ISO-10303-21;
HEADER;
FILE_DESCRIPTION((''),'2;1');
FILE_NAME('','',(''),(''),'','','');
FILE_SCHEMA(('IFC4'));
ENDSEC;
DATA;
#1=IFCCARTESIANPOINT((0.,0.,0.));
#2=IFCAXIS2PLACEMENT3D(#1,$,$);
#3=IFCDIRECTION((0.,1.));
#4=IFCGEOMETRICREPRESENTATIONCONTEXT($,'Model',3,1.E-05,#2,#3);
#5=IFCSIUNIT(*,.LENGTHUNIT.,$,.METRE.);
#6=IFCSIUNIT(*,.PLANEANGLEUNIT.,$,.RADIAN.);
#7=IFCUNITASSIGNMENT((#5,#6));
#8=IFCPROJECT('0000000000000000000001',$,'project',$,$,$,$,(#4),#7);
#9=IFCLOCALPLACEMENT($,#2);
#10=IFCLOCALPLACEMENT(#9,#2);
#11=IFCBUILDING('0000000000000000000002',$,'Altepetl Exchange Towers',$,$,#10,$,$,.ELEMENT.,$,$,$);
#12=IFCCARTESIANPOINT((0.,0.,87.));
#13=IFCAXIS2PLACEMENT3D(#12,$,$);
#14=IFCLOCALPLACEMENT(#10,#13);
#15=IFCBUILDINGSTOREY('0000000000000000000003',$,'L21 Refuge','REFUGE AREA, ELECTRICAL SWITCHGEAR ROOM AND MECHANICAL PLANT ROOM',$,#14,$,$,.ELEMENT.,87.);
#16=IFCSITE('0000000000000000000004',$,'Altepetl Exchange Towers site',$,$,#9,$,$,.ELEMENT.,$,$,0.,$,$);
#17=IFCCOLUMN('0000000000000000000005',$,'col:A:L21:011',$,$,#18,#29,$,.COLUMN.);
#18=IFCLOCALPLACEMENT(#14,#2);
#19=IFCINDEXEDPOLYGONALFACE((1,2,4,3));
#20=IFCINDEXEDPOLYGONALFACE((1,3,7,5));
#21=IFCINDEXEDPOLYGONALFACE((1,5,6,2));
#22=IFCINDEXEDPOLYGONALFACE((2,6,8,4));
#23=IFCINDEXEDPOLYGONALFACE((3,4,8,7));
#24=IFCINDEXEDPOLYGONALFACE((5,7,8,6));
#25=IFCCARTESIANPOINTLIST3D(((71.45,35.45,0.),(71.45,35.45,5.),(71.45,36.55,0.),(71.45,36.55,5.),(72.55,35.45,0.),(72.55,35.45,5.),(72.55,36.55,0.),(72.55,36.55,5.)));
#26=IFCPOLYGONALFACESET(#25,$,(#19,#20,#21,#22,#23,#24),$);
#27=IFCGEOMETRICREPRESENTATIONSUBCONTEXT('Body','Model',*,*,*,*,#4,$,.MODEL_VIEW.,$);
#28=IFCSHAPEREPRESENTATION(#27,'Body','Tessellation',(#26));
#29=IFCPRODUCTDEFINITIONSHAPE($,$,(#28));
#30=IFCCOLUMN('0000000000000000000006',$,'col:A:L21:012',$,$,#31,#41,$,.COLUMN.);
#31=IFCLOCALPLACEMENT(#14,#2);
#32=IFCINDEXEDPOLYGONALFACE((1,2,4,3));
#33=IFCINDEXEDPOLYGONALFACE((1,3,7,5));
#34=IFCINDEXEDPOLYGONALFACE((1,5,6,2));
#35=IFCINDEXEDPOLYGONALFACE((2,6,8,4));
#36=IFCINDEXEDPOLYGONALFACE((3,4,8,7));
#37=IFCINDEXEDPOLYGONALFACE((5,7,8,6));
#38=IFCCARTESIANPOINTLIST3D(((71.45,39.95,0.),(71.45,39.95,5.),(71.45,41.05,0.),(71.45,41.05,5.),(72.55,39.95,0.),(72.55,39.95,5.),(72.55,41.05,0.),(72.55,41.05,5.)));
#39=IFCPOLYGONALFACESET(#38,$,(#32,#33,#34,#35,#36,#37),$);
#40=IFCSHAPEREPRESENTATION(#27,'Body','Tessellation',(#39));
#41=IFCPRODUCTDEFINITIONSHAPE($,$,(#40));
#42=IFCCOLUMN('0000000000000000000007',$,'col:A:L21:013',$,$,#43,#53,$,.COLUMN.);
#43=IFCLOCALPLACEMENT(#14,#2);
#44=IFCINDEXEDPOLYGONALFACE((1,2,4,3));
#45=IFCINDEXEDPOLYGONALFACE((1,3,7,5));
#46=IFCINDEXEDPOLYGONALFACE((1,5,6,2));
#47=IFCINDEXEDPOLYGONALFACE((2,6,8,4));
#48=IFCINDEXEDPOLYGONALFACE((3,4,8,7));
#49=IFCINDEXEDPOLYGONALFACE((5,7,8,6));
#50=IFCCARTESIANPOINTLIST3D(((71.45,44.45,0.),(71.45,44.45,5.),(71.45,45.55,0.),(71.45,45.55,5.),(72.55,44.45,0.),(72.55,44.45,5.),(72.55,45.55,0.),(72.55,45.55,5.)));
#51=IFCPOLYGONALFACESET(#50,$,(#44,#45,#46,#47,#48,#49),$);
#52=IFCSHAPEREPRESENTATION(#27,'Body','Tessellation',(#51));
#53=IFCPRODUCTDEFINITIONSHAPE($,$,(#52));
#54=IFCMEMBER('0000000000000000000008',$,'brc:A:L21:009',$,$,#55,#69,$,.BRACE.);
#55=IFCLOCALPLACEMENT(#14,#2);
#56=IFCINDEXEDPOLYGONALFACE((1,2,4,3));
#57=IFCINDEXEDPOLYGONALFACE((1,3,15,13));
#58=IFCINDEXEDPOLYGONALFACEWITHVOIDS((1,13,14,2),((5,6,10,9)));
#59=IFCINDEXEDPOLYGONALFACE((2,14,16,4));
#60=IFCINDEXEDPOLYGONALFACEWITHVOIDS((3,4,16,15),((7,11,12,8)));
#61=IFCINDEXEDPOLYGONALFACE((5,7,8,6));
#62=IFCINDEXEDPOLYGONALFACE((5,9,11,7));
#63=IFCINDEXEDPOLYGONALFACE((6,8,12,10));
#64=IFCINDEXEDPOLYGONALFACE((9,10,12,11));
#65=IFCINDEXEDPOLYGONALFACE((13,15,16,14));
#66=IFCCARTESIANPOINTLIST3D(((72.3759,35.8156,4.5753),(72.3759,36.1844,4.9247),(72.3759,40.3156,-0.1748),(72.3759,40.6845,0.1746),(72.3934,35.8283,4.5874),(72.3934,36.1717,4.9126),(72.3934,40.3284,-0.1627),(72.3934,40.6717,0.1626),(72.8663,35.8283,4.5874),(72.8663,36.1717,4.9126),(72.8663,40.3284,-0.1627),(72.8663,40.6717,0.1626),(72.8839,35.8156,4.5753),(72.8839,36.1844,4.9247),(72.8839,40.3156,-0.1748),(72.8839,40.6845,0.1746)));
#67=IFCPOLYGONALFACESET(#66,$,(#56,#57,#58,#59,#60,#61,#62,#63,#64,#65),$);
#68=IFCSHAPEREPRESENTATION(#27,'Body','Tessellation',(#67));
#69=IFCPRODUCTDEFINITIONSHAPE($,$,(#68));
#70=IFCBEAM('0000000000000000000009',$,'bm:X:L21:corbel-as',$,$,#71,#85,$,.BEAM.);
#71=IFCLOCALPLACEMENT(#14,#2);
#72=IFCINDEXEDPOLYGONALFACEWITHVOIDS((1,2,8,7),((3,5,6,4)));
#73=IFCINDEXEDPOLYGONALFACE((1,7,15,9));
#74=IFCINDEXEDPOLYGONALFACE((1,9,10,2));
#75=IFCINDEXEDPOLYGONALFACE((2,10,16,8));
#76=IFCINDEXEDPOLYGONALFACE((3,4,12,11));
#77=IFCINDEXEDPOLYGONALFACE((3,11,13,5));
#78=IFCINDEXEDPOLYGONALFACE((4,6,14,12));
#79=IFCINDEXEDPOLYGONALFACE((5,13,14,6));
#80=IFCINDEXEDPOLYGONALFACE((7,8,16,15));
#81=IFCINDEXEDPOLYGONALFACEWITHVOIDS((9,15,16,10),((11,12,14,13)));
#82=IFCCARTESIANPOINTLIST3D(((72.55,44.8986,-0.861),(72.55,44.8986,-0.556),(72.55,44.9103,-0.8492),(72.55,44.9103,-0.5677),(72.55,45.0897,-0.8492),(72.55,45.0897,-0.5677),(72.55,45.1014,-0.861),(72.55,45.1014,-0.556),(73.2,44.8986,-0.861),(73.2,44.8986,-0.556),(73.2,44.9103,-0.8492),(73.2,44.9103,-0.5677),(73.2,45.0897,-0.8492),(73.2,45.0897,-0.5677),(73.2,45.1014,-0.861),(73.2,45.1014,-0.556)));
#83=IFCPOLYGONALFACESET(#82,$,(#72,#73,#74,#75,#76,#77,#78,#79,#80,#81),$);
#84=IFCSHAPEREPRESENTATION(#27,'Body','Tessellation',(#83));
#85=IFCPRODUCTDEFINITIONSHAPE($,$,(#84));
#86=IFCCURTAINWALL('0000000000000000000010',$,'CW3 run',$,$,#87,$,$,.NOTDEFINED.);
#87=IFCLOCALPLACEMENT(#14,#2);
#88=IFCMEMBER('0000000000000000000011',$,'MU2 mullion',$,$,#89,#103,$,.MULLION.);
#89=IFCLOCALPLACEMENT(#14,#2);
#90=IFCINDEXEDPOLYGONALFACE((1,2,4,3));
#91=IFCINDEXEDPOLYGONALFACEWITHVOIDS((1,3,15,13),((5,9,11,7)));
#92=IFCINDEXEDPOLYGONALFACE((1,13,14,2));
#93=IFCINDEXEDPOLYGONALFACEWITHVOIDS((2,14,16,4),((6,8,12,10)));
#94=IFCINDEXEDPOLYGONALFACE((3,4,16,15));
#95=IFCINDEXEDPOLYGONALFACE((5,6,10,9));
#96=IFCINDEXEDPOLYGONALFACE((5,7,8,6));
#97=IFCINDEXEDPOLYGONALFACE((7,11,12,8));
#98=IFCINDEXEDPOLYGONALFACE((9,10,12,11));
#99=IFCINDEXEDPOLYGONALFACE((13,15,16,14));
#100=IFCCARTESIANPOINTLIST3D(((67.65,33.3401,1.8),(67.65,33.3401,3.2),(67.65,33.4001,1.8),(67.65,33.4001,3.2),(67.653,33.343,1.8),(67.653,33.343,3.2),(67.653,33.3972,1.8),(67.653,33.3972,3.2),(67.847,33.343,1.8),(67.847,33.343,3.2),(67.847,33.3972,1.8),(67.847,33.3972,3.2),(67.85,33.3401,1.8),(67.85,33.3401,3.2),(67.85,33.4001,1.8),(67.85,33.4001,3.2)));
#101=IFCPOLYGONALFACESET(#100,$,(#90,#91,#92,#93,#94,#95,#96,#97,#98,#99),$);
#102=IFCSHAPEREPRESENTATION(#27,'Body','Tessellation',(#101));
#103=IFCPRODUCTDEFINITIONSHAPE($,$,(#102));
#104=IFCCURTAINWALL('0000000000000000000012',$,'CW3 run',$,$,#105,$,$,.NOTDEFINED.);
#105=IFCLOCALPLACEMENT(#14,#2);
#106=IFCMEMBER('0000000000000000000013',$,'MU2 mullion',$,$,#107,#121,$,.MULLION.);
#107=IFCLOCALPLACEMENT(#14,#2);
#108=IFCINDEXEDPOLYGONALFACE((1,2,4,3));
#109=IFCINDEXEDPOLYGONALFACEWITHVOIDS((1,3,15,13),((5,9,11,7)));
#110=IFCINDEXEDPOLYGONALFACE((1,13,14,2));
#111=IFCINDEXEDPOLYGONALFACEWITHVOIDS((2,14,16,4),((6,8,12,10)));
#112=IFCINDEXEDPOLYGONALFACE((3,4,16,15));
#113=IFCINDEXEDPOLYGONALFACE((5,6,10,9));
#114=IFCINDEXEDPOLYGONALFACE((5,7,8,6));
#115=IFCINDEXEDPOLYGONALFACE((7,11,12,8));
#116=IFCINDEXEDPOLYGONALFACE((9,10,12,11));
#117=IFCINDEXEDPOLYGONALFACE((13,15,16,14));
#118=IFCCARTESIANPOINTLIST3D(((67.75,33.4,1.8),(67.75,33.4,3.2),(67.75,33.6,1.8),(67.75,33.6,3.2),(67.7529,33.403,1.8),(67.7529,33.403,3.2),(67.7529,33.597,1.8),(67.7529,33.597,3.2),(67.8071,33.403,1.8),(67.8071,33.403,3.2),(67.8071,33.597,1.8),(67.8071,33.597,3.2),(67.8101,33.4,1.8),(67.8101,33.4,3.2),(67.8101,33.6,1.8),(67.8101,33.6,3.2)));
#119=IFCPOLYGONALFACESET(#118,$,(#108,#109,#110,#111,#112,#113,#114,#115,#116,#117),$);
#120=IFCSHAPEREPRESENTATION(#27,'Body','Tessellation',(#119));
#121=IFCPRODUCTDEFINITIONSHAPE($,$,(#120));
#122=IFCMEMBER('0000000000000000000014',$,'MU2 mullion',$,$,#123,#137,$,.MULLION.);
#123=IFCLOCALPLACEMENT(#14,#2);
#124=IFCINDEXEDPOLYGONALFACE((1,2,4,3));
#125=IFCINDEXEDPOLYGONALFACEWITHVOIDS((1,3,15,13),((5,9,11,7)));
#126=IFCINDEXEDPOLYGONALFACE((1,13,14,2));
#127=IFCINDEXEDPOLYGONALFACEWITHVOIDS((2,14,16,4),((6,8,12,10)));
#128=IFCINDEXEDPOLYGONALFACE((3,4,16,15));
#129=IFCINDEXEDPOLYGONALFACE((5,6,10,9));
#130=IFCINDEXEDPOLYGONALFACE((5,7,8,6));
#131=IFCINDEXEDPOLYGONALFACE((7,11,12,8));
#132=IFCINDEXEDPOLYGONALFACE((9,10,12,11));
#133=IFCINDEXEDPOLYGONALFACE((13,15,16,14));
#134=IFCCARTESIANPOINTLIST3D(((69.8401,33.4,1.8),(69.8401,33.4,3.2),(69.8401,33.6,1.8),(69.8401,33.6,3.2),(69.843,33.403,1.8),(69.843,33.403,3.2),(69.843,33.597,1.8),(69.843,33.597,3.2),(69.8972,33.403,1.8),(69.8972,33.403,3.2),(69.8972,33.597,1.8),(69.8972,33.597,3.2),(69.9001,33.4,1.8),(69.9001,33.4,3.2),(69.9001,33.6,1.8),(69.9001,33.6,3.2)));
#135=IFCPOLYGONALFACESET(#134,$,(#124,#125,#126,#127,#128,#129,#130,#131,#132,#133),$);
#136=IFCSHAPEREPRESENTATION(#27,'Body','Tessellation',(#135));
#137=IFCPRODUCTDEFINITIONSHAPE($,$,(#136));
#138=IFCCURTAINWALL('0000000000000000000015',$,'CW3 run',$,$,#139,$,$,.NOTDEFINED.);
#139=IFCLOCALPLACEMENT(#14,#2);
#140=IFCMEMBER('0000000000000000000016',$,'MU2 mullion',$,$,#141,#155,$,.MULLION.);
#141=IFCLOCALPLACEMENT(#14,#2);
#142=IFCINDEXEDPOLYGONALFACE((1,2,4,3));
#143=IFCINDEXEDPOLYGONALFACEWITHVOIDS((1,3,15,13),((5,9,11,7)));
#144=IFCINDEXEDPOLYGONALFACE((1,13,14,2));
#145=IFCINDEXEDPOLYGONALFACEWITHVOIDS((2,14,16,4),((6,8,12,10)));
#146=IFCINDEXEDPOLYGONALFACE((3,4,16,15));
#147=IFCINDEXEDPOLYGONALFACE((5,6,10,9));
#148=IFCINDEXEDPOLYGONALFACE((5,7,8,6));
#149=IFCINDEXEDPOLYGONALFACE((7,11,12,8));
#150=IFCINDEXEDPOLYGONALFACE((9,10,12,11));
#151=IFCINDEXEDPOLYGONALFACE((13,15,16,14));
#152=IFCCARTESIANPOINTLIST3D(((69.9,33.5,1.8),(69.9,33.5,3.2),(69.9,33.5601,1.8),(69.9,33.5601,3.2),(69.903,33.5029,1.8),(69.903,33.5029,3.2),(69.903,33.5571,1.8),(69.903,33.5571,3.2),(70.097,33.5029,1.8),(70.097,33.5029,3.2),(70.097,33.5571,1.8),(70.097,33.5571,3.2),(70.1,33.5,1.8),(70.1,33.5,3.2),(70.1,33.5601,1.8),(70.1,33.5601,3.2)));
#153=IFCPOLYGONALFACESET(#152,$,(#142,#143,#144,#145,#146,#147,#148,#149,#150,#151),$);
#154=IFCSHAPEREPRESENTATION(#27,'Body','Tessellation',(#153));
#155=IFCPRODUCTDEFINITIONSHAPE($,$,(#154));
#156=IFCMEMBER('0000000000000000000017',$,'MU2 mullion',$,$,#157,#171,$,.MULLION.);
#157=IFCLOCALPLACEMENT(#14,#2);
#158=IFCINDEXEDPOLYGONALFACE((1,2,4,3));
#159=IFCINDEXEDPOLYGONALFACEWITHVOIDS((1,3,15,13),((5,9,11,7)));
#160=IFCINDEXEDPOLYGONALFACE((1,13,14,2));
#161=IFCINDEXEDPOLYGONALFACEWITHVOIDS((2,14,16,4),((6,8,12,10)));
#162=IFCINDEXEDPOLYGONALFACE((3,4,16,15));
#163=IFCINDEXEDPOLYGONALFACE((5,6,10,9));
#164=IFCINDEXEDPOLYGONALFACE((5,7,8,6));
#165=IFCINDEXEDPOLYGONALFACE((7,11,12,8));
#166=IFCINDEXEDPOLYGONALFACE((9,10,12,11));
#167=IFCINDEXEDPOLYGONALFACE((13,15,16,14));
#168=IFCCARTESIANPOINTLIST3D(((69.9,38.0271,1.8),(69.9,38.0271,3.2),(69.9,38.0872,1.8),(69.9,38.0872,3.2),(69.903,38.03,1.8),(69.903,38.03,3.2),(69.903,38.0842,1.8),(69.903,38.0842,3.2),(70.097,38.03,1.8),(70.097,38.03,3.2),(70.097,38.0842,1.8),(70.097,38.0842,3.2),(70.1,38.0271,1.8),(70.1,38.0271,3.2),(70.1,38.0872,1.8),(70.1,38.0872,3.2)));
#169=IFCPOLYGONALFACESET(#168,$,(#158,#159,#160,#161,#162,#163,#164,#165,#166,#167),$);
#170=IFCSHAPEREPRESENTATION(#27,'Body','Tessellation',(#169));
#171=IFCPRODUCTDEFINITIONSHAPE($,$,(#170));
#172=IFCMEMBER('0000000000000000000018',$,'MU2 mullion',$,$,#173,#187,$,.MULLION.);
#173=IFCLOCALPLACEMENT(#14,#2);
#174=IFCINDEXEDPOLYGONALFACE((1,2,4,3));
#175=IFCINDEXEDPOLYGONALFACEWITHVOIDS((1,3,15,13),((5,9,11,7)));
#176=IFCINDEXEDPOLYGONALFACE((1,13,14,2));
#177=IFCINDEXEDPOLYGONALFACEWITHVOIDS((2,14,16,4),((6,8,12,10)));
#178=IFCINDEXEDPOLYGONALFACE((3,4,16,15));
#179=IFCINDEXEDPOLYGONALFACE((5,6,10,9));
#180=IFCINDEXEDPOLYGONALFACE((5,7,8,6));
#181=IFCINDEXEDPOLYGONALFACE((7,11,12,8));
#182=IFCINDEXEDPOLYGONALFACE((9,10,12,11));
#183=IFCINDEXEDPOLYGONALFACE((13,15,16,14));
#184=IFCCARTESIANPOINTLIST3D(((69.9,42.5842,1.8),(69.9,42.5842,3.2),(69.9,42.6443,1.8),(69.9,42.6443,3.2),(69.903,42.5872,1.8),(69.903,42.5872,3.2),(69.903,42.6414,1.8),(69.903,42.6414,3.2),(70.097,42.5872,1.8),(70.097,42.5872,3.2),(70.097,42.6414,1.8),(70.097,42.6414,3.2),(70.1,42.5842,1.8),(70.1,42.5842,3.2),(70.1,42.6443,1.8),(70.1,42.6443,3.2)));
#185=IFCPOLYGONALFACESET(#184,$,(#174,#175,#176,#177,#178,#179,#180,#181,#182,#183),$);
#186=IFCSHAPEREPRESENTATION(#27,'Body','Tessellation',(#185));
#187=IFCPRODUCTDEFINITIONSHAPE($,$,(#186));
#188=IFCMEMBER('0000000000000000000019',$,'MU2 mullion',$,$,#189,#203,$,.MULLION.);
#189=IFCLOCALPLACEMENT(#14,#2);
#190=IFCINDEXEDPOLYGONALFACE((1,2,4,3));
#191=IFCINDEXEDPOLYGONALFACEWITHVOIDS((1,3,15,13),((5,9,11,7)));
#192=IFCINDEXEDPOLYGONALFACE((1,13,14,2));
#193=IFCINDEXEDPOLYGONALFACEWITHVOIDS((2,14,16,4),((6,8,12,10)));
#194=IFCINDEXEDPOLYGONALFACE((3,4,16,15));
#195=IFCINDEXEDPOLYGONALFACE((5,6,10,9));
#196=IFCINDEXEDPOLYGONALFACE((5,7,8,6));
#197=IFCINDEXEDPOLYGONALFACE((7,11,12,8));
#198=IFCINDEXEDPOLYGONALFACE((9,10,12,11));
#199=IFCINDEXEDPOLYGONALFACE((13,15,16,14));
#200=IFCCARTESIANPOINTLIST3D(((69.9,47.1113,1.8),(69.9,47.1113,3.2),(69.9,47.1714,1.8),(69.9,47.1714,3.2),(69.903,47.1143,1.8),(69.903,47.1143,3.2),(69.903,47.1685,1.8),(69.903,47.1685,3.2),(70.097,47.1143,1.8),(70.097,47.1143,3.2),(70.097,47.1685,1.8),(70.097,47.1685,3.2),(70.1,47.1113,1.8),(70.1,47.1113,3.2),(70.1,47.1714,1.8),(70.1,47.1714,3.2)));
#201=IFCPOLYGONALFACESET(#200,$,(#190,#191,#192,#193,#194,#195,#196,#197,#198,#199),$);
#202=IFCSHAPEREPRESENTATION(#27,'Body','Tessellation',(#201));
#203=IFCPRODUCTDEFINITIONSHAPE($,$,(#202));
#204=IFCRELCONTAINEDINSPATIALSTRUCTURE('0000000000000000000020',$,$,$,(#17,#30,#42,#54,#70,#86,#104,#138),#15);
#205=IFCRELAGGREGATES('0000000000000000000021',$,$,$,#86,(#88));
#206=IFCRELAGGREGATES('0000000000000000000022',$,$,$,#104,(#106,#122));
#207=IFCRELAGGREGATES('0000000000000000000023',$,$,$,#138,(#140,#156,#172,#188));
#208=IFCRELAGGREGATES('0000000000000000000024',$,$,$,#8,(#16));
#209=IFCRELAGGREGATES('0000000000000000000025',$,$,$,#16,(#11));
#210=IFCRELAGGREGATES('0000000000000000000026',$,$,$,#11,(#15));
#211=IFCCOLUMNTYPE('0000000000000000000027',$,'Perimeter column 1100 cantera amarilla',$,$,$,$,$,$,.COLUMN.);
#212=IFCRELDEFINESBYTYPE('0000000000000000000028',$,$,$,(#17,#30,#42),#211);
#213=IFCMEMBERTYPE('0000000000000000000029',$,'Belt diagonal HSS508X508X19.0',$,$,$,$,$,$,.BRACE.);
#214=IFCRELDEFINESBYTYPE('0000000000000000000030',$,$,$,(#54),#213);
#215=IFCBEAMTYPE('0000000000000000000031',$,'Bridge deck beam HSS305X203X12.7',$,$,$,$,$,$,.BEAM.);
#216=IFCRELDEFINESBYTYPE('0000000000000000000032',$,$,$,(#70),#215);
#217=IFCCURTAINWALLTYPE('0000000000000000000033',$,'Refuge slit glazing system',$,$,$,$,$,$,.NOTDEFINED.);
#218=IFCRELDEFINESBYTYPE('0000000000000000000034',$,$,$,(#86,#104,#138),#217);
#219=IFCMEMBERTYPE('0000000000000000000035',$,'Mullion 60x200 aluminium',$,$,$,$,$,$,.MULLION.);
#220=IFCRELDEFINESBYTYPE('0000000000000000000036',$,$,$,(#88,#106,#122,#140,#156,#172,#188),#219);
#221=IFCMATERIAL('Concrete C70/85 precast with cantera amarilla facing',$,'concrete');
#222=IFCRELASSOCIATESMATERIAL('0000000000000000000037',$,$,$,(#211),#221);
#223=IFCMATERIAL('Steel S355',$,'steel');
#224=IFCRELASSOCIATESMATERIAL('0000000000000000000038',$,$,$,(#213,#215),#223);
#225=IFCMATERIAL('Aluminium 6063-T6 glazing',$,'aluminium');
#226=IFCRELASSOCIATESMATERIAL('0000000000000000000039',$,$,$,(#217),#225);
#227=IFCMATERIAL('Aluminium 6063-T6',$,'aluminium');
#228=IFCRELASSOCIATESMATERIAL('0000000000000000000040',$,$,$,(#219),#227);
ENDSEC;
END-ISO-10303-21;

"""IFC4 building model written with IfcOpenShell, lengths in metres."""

from ifc_helpers import new_model, si_unit, direction, frame, origin, origin_2d, place, context, subcontext, project, spatial, rectangle, hollow_rectangle, extrude, material, material_profile, profile_set, type_object, element, aggregate, save


model = new_model("IFC4")

# Units and contexts
model_context = context("Model", 3, precision=1e-05, world=origin(), true_north=direction((0.0, 1.0)))
body_context = subcontext(model_context, "Body", "Model", "MODEL_VIEW")
ifc_project = project(units=[si_unit("LENGTHUNIT", "METRE"), si_unit("PLANEANGLEUNIT", "RADIAN")], contexts=[model_context])

# Site, building, storey
site_placement = place(None, origin())
site = spatial("IfcSite", under=ifc_project, at=site_placement, Name="Altepetl Exchange Towers site", CompositionType="ELEMENT", RefElevation=0.0)
building_placement = place(site_placement, origin())
building = spatial("IfcBuilding", under=site, at=building_placement, Name="Altepetl Exchange Towers", CompositionType="ELEMENT")
storey_placement = place(building_placement, frame((0.0, 0.0, 87.0)))
storey = spatial("IfcBuildingStorey", under=building, at=storey_placement, Name="L21 Refuge", Description="REFUGE AREA, ELECTRICAL SWITCHGEAR ROOM AND MECHANICAL PLANT ROOM", CompositionType="ELEMENT", Elevation=87.0)

# Columns
ifc_material_1 = material(Name="Concrete C70/85 precast with cantera amarilla facing", Category="concrete")
ifc_material_profile_1 = material_profile(ifc_material_1, rectangle(XDim=1.1001, YDim=1.1001, at=origin_2d()), Name="1100 x 1100")
ifc_profile_set_1 = profile_set([ifc_material_profile_1], Name="Concrete C70/85 precast with cantera amarilla facing")
column_type = type_object("IfcColumnType", Name="Perimeter column 1100 cantera amarilla", PredefinedType="COLUMN", material=ifc_profile_set_1)
for number, where, name in (
    (1, (72.0, 36.0, 0.0), "col:A:L21:011"),
    (2, (72.0, 40.5, 0.0), "col:A:L21:012"),
    (3, (72.0, 45.0, 0.0), "col:A:L21:013"),
):
    element("IfcColumn", number, at=place(storey_placement, frame(where)), inside=storey, type_object=column_type, Name=name, PredefinedType="COLUMN", context=body_context, shape_type="SweptSolid", body=[
        extrude(rectangle(XDim=1.1001, YDim=1.1001, at=origin_2d()), origin(), (0.0, 0.0, 1.0), 5.0),
    ])

# Member
ifc_material_2 = material(Name="Steel S355", Category="steel")
ifc_material_profile_2 = material_profile(ifc_material_2, hollow_rectangle(XDim=0.5081, YDim=0.5081, WallThickness=0.0176, at=origin_2d()), Name="HSS508X508X19.0")
ifc_profile_set_2 = profile_set([ifc_material_profile_2], Name="Steel S355")
member_type_1 = type_object("IfcMemberType", Name="Belt diagonal HSS508X508X19.0", PredefinedType="BRACE", material=ifc_profile_set_2)
member_1_placement = place(storey_placement, frame((72.6299, 36.0, 4.75), z_axis=(0.0, 0.687745, -0.725953), x_axis=(-1.0, 0.0, 0.0)))
element("IfcMember", 4, at=member_1_placement, inside=storey, type_object=member_type_1, Name="brc:A:L21:009", PredefinedType="BRACE", context=body_context, shape_type="SweptSolid", body=[
    extrude(hollow_rectangle(XDim=0.5081, YDim=0.5081, WallThickness=0.0176, at=origin_2d()), origin(), (0.0, 0.0, 1.0), 6.5432),
])

# Beam
ifc_material_profile_3 = material_profile(ifc_material_2, hollow_rectangle(XDim=0.2029, YDim=0.3049, WallThickness=0.0117, at=origin_2d()), Name="HSS305X203X12.7")
ifc_profile_set_3 = profile_set([ifc_material_profile_3], Name="Steel S355")
beam_type_1 = type_object("IfcBeamType", Name="Bridge deck beam HSS305X203X12.7", PredefinedType="BEAM", material=ifc_profile_set_3)
beam_placement = place(storey_placement, frame((72.55, 45.0, -0.7085), z_axis=(1.0, 0.0, 0.0), x_axis=(0.0, 1.0, 0.0)))
element("IfcBeam", 5, at=beam_placement, inside=storey, type_object=beam_type_1, Name="bm:X:L21:corbel-as", PredefinedType="BEAM", context=body_context, shape_type="SweptSolid", body=[
    extrude(hollow_rectangle(XDim=0.2029, YDim=0.3049, WallThickness=0.0117, at=origin_2d()), origin(), (0.0, 0.0, 1.0), 0.6499),
])

# Curtain wall, member
ifc_material_3 = material(Name="Aluminium 6063-T6 glazing", Category="aluminium")
curtain_wall_type = type_object("IfcCurtainWallType", Name="Refuge slit glazing system", PredefinedType="NOTDEFINED", material=ifc_material_3)
curtain_wall_1_placement = place(storey_placement, origin())
curtain_wall_1 = element("IfcCurtainWall", 6, at=curtain_wall_1_placement, inside=storey, type_object=curtain_wall_type, Name="CW3 run", PredefinedType="NOTDEFINED")
ifc_material_4 = material(Name="Aluminium 6063-T6", Category="aluminium")
ifc_material_profile_4 = material_profile(ifc_material_4, hollow_rectangle(XDim=0.0601, YDim=0.2, WallThickness=0.0029, at=origin_2d()), Name="Mullion 60x200 aluminium")
ifc_profile_set_4 = profile_set([ifc_material_profile_4], Name="Aluminium 6063-T6")
member_type_2 = type_object("IfcMemberType", Name="Mullion 60x200 aluminium", PredefinedType="MULLION", material=ifc_profile_set_4)
member_2_placement = place(storey_placement, frame((67.75, 33.3701, 1.8), z_axis=(0.0, 0.0, 1.0), x_axis=(0.0, 1.0, 0.0)))
member_2 = element("IfcMember", 7, at=member_2_placement, type_object=member_type_2, Name="MU2 mullion", PredefinedType="MULLION", context=body_context, shape_type="SweptSolid", body=[
    extrude(hollow_rectangle(XDim=0.0601, YDim=0.2, WallThickness=0.0029, at=origin_2d()), origin(), (0.0, 0.0, 1.0), 1.3999),
])
aggregate(curtain_wall_1, [member_2])

# Curtain walls, members
curtain_wall_2_placement = place(storey_placement, origin())
curtain_wall_2 = element("IfcCurtainWall", 8, at=curtain_wall_2_placement, inside=storey, type_object=curtain_wall_type, Name="CW3 run", PredefinedType="NOTDEFINED")
member_3_placement = place(storey_placement, frame((67.78, 33.5, 1.8)))
member_3 = element("IfcMember", 9, at=member_3_placement, type_object=member_type_2, Name="MU2 mullion", PredefinedType="MULLION", context=body_context, shape_type="SweptSolid", body=[
    extrude(hollow_rectangle(XDim=0.0601, YDim=0.2, WallThickness=0.0029, at=origin_2d()), origin(), (0.0, 0.0, 1.0), 1.3999),
])
member_4_placement = place(storey_placement, frame((69.8701, 33.5, 1.8)))
member_4 = element("IfcMember", 10, at=member_4_placement, type_object=member_type_2, Name="MU2 mullion", PredefinedType="MULLION", context=body_context, shape_type="SweptSolid", body=[
    extrude(hollow_rectangle(XDim=0.0601, YDim=0.2, WallThickness=0.0029, at=origin_2d()), origin(), (0.0, 0.0, 1.0), 1.3999),
])
curtain_wall_3_placement = place(storey_placement, origin())
curtain_wall_3 = element("IfcCurtainWall", 11, at=curtain_wall_3_placement, inside=storey, type_object=curtain_wall_type, Name="CW3 run", PredefinedType="NOTDEFINED")
member_5_placement = place(storey_placement, frame((70.0, 33.53, 1.8), z_axis=(0.0, 0.0, 1.0), x_axis=(0.0, 1.0, 0.0)))
member_5 = element("IfcMember", 12, at=member_5_placement, type_object=member_type_2, Name="MU2 mullion", PredefinedType="MULLION", context=body_context, shape_type="SweptSolid", body=[
    extrude(hollow_rectangle(XDim=0.0601, YDim=0.2, WallThickness=0.0029, at=origin_2d()), origin(), (0.0, 0.0, 1.0), 1.3999),
])
member_6_placement = place(storey_placement, frame((70.0, 38.0571, 1.8), z_axis=(0.0, 0.0, 1.0), x_axis=(0.0, 1.0, 0.0)))
member_6 = element("IfcMember", 13, at=member_6_placement, type_object=member_type_2, Name="MU2 mullion", PredefinedType="MULLION", context=body_context, shape_type="SweptSolid", body=[
    extrude(hollow_rectangle(XDim=0.0601, YDim=0.2, WallThickness=0.0029, at=origin_2d()), origin(), (0.0, 0.0, 1.0), 1.3999),
])
member_7_placement = place(storey_placement, frame((70.0, 42.6143, 1.8), z_axis=(0.0, 0.0, 1.0), x_axis=(0.0, 1.0, 0.0)))
member_7 = element("IfcMember", 14, at=member_7_placement, type_object=member_type_2, Name="MU2 mullion", PredefinedType="MULLION", context=body_context, shape_type="SweptSolid", body=[
    extrude(hollow_rectangle(XDim=0.0601, YDim=0.2, WallThickness=0.0029, at=origin_2d()), origin(), (0.0, 0.0, 1.0), 1.3999),
])
member_8_placement = place(storey_placement, frame((70.0, 47.1414, 1.8), z_axis=(0.0, 0.0, 1.0), x_axis=(0.0, 1.0, 0.0)))
member_8 = element("IfcMember", 15, at=member_8_placement, type_object=member_type_2, Name="MU2 mullion", PredefinedType="MULLION", context=body_context, shape_type="SweptSolid", body=[
    extrude(hollow_rectangle(XDim=0.0601, YDim=0.2, WallThickness=0.0029, at=origin_2d()), origin(), (0.0, 0.0, 1.0), 1.3999),
])

aggregate(curtain_wall_2, [member_3, member_4])
aggregate(curtain_wall_3, [member_5, member_6, member_7, member_8])

save(model, "model.ifc")
